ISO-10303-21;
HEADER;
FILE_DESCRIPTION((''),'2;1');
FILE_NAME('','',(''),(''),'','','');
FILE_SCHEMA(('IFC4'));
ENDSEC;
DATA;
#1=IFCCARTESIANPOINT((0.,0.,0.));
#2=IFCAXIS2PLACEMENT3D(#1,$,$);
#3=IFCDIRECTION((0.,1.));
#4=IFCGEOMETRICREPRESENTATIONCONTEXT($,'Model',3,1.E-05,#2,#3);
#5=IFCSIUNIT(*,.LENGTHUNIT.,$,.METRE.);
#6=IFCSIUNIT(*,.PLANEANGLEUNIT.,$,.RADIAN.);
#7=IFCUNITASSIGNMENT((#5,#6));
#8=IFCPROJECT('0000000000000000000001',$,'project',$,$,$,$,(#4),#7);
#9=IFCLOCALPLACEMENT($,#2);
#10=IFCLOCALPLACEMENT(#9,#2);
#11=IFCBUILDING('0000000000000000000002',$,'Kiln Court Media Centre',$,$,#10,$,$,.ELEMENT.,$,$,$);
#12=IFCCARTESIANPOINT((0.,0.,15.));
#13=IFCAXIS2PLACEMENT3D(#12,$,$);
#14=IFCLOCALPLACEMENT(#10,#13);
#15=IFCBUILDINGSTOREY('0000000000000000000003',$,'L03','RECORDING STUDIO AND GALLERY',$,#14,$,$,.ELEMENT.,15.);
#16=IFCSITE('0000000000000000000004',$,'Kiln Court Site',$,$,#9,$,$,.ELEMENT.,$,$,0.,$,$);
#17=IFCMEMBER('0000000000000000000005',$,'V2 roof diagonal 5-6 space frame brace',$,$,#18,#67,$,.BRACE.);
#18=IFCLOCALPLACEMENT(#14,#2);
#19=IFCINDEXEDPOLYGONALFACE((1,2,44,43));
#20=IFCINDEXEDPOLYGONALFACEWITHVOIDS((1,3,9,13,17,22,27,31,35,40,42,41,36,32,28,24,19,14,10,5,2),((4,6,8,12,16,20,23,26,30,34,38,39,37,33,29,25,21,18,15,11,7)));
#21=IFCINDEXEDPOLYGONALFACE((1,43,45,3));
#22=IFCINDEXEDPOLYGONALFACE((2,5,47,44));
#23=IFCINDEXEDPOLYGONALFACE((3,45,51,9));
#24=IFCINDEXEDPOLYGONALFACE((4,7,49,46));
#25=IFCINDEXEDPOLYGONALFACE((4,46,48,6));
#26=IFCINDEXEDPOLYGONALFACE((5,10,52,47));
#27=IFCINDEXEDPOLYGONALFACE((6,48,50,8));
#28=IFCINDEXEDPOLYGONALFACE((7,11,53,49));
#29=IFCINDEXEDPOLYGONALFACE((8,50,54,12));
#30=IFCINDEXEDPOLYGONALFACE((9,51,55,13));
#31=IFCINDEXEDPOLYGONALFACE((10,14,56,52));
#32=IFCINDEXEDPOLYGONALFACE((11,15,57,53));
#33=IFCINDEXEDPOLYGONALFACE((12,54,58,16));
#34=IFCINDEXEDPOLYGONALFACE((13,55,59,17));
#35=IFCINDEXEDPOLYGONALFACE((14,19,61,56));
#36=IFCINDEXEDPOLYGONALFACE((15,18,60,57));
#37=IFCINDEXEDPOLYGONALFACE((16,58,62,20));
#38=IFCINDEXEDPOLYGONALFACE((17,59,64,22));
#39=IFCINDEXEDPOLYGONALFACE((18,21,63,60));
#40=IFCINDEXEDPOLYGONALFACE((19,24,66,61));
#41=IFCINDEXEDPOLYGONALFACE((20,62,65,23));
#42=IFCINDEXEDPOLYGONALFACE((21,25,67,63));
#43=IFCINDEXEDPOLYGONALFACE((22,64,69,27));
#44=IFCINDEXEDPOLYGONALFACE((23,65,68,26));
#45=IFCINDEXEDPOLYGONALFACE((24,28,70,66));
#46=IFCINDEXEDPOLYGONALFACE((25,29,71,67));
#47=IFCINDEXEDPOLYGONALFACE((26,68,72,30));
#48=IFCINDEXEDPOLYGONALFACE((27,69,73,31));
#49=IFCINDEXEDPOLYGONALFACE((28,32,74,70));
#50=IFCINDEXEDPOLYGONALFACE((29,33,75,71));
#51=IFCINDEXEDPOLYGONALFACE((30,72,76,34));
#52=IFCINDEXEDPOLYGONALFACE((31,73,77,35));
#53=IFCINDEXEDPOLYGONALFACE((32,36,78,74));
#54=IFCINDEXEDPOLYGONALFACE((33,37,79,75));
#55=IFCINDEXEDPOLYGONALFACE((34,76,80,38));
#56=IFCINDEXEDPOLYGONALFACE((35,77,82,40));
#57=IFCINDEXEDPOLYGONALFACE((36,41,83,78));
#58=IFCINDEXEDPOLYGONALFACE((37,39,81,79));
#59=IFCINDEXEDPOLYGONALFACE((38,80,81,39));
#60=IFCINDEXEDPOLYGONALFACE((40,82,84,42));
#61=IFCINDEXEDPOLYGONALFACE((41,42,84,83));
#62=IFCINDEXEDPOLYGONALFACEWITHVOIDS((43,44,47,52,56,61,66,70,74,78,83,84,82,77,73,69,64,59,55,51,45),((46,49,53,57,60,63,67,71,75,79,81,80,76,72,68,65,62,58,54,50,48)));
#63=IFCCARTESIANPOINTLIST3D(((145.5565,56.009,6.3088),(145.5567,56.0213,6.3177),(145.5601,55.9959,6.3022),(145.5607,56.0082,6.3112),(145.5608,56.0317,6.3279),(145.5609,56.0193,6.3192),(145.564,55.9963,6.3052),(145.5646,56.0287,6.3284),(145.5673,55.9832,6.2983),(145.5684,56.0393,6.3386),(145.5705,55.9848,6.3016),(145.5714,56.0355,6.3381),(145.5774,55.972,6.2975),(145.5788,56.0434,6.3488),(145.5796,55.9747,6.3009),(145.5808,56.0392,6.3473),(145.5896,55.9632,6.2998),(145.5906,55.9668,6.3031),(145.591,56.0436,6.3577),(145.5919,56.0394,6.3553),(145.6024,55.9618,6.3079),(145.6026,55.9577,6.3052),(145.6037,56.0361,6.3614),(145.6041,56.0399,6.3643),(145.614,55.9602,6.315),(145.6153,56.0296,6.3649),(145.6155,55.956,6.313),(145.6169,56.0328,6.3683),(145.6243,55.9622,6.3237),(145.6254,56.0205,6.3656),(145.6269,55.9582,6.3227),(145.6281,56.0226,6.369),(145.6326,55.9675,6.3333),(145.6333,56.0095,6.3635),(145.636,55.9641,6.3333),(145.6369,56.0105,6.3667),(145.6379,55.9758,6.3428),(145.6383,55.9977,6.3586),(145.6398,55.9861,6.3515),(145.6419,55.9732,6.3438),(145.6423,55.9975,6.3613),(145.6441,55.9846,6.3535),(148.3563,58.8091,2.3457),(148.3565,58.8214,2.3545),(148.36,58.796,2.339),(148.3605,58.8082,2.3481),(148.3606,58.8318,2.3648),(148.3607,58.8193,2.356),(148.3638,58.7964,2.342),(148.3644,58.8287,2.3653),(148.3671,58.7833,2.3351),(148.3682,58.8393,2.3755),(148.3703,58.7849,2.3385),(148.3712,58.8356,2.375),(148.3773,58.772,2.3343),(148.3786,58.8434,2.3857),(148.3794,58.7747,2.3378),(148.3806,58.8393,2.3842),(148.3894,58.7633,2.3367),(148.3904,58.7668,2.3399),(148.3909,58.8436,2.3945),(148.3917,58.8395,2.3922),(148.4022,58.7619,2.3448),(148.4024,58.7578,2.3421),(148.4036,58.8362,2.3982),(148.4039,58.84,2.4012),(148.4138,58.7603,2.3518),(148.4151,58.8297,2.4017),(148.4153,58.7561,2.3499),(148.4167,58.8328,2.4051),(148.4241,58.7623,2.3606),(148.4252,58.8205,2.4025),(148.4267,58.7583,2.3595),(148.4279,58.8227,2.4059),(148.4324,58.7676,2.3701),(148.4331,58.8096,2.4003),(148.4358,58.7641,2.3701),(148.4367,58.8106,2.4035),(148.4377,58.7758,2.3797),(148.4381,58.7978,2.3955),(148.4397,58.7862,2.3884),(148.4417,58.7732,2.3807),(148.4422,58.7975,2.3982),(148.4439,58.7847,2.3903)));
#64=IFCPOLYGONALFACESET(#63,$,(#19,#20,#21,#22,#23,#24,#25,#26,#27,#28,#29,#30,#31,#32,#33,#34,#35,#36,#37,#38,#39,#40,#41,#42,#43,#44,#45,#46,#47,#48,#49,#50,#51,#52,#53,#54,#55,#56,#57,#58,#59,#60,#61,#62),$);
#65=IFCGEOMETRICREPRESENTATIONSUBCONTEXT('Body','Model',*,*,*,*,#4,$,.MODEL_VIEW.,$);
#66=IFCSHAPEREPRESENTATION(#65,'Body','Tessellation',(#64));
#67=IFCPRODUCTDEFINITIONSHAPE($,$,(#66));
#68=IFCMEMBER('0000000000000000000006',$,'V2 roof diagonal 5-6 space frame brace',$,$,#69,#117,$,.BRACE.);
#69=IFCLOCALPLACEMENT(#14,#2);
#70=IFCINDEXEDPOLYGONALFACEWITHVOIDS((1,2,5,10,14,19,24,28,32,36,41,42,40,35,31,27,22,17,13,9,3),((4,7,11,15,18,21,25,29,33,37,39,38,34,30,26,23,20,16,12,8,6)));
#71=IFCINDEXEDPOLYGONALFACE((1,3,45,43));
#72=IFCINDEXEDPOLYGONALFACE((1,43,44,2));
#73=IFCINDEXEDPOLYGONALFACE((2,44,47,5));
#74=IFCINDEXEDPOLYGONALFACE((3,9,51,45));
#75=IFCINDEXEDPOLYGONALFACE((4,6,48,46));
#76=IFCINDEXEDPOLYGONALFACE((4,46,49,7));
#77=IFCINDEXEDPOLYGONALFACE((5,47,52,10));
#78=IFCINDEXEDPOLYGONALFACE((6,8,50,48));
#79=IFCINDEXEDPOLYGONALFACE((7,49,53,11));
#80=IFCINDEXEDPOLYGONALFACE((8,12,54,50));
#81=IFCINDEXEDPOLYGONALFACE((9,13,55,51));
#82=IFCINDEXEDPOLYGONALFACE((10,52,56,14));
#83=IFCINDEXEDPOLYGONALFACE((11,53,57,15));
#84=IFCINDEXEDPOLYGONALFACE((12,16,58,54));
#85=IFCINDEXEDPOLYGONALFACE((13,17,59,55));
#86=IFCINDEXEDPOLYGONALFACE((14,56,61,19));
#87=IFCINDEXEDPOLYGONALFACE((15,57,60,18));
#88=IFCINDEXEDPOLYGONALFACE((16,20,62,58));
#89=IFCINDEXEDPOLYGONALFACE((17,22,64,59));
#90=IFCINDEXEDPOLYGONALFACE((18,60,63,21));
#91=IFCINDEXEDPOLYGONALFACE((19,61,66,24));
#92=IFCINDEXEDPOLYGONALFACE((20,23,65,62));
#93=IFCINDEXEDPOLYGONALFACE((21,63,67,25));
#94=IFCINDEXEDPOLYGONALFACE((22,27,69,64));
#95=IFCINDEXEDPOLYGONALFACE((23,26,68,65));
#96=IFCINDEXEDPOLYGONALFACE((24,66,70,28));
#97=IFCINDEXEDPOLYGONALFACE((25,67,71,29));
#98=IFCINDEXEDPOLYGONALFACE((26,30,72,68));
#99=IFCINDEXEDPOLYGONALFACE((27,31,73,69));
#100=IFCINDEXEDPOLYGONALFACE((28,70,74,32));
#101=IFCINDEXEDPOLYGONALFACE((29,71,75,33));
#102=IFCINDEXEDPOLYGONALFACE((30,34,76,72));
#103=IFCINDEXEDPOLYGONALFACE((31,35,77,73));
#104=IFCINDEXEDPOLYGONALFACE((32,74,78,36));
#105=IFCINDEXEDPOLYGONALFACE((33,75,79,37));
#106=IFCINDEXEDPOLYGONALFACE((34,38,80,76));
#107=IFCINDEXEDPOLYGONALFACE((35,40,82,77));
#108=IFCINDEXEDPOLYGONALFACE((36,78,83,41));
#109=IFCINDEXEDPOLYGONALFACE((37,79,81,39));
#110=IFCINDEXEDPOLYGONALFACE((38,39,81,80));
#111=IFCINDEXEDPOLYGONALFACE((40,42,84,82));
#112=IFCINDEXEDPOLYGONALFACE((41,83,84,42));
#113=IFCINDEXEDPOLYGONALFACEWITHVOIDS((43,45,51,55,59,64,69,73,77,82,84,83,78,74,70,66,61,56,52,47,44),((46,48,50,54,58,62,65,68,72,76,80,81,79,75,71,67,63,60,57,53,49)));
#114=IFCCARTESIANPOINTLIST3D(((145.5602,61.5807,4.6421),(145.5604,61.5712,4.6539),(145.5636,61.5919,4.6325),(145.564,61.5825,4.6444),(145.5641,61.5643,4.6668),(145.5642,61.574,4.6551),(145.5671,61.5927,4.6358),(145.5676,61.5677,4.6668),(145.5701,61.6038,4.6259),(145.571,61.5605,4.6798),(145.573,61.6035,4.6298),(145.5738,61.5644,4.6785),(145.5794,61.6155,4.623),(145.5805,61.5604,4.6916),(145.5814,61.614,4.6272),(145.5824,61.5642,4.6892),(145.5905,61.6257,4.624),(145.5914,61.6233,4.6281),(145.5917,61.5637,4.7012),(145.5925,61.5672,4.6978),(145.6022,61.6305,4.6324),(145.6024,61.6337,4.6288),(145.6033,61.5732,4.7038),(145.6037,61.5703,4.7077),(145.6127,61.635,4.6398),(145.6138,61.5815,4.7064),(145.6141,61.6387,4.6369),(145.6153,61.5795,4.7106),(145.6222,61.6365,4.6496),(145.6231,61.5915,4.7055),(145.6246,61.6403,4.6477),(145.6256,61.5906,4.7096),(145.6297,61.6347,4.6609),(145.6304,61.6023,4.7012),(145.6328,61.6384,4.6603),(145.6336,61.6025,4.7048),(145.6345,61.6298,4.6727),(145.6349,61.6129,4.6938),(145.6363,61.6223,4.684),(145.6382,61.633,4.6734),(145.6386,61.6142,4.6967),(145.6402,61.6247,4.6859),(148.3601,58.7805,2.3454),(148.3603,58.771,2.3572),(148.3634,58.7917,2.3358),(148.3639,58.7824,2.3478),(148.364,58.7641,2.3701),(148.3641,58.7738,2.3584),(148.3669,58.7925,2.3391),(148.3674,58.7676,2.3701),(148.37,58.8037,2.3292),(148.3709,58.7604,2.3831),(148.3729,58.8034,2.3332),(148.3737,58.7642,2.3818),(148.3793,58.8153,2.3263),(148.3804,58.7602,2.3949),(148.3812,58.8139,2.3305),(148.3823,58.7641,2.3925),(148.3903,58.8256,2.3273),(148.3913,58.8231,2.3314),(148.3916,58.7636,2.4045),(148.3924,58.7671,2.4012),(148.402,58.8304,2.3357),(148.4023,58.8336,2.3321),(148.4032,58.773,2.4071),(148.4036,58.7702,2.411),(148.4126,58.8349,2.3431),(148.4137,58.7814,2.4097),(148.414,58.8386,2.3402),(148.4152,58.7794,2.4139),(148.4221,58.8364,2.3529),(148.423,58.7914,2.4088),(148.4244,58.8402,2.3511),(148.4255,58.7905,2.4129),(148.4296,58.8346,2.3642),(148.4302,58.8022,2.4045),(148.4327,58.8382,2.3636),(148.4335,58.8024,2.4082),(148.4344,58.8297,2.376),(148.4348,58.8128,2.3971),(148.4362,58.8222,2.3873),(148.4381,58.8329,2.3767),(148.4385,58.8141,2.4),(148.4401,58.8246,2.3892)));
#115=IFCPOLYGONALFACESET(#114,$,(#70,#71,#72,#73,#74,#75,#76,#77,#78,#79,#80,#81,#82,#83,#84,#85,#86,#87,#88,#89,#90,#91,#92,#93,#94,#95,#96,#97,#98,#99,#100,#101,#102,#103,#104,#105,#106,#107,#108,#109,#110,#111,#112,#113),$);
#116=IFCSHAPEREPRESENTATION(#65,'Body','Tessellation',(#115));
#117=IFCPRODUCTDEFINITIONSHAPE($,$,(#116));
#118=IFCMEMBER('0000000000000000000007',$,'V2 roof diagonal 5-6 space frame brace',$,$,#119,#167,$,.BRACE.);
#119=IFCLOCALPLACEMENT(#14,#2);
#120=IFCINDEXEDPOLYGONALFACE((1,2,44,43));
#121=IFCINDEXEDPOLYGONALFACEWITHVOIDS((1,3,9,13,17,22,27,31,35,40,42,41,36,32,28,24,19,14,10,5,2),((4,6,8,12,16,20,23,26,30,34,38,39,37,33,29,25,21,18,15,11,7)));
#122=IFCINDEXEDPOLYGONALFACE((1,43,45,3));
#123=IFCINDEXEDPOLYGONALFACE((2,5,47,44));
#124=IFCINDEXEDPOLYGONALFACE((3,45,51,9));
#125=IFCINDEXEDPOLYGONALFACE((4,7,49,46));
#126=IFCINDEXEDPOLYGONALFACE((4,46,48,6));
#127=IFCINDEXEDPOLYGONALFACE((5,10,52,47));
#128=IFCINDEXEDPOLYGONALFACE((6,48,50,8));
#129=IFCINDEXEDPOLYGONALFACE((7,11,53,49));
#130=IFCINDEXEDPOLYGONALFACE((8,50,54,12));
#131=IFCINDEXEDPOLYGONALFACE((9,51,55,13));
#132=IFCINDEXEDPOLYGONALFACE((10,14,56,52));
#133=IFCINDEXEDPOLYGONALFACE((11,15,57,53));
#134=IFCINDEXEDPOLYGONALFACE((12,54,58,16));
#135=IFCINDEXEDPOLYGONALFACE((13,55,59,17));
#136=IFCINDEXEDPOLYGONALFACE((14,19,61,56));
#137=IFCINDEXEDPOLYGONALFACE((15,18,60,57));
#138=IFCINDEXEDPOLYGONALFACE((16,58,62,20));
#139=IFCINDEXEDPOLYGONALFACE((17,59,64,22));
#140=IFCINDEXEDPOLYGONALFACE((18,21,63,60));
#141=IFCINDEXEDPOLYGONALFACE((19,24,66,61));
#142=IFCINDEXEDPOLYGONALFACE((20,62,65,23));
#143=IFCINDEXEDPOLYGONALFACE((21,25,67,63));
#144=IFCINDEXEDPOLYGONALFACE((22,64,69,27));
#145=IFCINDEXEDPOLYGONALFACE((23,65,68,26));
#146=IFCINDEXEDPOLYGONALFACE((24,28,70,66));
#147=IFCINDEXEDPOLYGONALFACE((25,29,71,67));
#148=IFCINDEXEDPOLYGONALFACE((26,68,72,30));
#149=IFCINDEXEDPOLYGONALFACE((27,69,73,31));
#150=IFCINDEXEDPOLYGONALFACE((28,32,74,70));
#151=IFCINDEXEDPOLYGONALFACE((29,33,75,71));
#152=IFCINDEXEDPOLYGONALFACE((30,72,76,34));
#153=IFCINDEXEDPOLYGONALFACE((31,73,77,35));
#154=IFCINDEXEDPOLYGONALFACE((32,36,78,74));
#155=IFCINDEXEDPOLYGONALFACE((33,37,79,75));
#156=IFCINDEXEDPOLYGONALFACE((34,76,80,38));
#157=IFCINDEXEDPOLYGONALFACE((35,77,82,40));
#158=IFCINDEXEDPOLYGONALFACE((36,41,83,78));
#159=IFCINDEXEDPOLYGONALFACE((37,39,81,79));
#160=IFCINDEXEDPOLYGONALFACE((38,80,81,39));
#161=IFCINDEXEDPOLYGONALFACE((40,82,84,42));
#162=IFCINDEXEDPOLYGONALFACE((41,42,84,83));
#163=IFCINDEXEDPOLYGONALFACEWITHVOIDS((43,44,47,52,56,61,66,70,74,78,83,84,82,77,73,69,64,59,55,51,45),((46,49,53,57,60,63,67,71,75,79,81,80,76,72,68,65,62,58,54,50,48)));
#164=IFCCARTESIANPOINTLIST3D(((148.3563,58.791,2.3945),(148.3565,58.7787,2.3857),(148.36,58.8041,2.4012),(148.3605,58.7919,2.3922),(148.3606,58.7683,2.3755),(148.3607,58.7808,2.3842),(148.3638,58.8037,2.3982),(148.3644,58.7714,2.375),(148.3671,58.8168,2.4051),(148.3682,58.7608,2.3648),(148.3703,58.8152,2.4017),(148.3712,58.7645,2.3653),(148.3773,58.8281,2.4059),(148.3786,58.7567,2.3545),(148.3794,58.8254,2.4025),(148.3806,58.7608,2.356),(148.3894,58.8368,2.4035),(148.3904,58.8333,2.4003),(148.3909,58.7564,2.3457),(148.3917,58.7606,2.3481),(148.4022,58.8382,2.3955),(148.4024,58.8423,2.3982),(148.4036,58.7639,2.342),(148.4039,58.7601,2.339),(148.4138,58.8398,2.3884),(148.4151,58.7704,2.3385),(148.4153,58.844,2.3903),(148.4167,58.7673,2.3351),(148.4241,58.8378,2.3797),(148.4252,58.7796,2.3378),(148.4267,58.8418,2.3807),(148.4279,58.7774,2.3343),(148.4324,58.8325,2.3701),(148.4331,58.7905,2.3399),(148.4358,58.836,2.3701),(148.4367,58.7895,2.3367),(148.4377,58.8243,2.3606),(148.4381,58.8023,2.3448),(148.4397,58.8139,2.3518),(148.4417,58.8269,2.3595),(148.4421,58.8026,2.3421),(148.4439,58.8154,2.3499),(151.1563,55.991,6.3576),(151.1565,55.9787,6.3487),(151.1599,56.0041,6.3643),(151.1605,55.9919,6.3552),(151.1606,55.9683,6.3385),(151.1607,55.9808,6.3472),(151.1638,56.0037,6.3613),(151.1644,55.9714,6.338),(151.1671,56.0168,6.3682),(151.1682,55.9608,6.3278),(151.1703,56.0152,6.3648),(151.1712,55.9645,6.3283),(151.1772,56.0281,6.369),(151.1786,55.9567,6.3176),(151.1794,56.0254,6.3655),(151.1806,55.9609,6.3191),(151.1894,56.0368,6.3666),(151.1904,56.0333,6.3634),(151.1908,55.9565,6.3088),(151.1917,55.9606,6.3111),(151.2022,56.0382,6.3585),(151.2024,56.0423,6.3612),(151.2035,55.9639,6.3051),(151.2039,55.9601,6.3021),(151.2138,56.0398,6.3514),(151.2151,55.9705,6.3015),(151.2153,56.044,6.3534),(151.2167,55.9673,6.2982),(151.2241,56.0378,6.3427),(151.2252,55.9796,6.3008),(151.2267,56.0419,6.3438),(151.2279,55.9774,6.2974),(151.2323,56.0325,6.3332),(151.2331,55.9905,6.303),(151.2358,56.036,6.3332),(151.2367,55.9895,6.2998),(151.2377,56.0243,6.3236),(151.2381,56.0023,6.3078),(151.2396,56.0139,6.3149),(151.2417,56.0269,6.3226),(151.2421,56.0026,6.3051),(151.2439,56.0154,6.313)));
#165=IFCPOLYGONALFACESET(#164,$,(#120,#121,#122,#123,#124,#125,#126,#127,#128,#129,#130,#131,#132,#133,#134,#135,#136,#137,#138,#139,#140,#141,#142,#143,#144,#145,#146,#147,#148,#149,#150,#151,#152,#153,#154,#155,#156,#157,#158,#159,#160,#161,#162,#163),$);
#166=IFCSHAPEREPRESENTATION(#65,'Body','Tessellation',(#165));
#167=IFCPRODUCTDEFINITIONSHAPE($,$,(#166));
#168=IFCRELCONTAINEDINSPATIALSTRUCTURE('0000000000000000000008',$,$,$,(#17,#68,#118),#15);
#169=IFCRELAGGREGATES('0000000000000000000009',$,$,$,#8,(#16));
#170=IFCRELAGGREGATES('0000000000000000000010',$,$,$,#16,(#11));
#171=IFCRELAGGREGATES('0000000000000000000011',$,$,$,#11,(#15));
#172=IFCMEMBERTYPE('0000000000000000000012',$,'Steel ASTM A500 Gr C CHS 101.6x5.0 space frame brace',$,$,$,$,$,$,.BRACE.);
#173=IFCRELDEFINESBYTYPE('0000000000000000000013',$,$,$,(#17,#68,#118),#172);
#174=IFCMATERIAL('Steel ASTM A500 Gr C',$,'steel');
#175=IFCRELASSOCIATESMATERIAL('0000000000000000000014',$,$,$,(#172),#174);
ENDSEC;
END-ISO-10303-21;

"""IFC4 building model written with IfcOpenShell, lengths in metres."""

from ifc_helpers import new_model, si_unit, direction, frame, origin, origin_2d, place, context, subcontext, project, spatial, hollow_circle, extrude, material, material_profile, profile_set, type_object, element, save


model = new_model("IFC4")

# Units and contexts
model_context = context("Model", 3, precision=1e-05, world=origin(), true_north=direction((0.0, 1.0)))
body_context = subcontext(model_context, "Body", "Model", "MODEL_VIEW")
ifc_project = project(units=[si_unit("LENGTHUNIT", "METRE"), si_unit("PLANEANGLEUNIT", "RADIAN")], contexts=[model_context])

# Site, building, storey
site_placement = place(None, origin())
site = spatial("IfcSite", under=ifc_project, at=site_placement, Name="Kiln Court Site", CompositionType="ELEMENT", RefElevation=0.0)
building_placement = place(site_placement, origin())
building = spatial("IfcBuilding", under=site, at=building_placement, Name="Kiln Court Media Centre", CompositionType="ELEMENT")
storey_placement = place(building_placement, frame((0.0, 0.0, 15.0)))
storey = spatial("IfcBuildingStorey", under=building, at=storey_placement, Name="L03", Description="RECORDING STUDIO AND GALLERY", CompositionType="ELEMENT", Elevation=15.0)

# Members
ifc_material_1 = material(Name="Steel ASTM A500 Gr C", Category="steel")
ifc_material_profile_1 = material_profile(ifc_material_1, hollow_circle(Radius=0.0508, WallThickness=0.0049, at=origin_2d()), Name="CHS 101.6x5.0")
ifc_profile_set_1 = profile_set([ifc_material_profile_1], Name="Steel ASTM A500 Gr C")
member_type_1 = type_object("IfcMemberType", Name="Steel ASTM A500 Gr C CHS 101.6x5.0 space frame brace", PredefinedType="BRACE", material=ifc_profile_set_1)
member_1_placement = place(storey_placement, frame((148.3999, 58.8, 2.3701), z_axis=(-0.499761, -0.499805, 0.707414), x_axis=(0.707138, -0.707076, 0.0)))
element("IfcMember", 1, at=member_1_placement, inside=storey, type_object=member_type_1, Name="V2 roof diagonal 5-6 space frame brace", PredefinedType="BRACE", context=body_context, shape_type="SweptSolid", body=[
    extrude(hollow_circle(Radius=0.0508, WallThickness=0.0049, at=origin_2d()), origin(), (0.0, 0.0, 1.0), 5.6023),
])
member_2_placement = place(storey_placement, frame((148.3999, 58.8, 2.3701), z_axis=(-0.611642, 0.611696, 0.501719), x_axis=(-0.707138, -0.707076, 0.0)))
element("IfcMember", 2, at=member_2_placement, inside=storey, type_object=member_type_1, Name="V2 roof diagonal 5-6 space frame brace", PredefinedType="BRACE", context=body_context, shape_type="SweptSolid", body=[
    extrude(hollow_circle(Radius=0.0508, WallThickness=0.0049, at=origin_2d()), origin(), (0.0, 0.0, 1.0), 4.5776),
])
member_3_placement = place(storey_placement, frame((148.3999, 58.8, 2.3701), z_axis=(0.499794, -0.499794, 0.707398), x_axis=(0.707107, 0.707107, 0.0)))
element("IfcMember", 3, at=member_3_placement, inside=storey, type_object=member_type_1, Name="V2 roof diagonal 5-6 space frame brace", PredefinedType="BRACE", context=body_context, shape_type="SweptSolid", body=[
    extrude(hollow_circle(Radius=0.0508, WallThickness=0.0049, at=origin_2d()), origin(), (0.0, 0.0, 1.0), 5.6023),
])

save(model, "model.ifc")
